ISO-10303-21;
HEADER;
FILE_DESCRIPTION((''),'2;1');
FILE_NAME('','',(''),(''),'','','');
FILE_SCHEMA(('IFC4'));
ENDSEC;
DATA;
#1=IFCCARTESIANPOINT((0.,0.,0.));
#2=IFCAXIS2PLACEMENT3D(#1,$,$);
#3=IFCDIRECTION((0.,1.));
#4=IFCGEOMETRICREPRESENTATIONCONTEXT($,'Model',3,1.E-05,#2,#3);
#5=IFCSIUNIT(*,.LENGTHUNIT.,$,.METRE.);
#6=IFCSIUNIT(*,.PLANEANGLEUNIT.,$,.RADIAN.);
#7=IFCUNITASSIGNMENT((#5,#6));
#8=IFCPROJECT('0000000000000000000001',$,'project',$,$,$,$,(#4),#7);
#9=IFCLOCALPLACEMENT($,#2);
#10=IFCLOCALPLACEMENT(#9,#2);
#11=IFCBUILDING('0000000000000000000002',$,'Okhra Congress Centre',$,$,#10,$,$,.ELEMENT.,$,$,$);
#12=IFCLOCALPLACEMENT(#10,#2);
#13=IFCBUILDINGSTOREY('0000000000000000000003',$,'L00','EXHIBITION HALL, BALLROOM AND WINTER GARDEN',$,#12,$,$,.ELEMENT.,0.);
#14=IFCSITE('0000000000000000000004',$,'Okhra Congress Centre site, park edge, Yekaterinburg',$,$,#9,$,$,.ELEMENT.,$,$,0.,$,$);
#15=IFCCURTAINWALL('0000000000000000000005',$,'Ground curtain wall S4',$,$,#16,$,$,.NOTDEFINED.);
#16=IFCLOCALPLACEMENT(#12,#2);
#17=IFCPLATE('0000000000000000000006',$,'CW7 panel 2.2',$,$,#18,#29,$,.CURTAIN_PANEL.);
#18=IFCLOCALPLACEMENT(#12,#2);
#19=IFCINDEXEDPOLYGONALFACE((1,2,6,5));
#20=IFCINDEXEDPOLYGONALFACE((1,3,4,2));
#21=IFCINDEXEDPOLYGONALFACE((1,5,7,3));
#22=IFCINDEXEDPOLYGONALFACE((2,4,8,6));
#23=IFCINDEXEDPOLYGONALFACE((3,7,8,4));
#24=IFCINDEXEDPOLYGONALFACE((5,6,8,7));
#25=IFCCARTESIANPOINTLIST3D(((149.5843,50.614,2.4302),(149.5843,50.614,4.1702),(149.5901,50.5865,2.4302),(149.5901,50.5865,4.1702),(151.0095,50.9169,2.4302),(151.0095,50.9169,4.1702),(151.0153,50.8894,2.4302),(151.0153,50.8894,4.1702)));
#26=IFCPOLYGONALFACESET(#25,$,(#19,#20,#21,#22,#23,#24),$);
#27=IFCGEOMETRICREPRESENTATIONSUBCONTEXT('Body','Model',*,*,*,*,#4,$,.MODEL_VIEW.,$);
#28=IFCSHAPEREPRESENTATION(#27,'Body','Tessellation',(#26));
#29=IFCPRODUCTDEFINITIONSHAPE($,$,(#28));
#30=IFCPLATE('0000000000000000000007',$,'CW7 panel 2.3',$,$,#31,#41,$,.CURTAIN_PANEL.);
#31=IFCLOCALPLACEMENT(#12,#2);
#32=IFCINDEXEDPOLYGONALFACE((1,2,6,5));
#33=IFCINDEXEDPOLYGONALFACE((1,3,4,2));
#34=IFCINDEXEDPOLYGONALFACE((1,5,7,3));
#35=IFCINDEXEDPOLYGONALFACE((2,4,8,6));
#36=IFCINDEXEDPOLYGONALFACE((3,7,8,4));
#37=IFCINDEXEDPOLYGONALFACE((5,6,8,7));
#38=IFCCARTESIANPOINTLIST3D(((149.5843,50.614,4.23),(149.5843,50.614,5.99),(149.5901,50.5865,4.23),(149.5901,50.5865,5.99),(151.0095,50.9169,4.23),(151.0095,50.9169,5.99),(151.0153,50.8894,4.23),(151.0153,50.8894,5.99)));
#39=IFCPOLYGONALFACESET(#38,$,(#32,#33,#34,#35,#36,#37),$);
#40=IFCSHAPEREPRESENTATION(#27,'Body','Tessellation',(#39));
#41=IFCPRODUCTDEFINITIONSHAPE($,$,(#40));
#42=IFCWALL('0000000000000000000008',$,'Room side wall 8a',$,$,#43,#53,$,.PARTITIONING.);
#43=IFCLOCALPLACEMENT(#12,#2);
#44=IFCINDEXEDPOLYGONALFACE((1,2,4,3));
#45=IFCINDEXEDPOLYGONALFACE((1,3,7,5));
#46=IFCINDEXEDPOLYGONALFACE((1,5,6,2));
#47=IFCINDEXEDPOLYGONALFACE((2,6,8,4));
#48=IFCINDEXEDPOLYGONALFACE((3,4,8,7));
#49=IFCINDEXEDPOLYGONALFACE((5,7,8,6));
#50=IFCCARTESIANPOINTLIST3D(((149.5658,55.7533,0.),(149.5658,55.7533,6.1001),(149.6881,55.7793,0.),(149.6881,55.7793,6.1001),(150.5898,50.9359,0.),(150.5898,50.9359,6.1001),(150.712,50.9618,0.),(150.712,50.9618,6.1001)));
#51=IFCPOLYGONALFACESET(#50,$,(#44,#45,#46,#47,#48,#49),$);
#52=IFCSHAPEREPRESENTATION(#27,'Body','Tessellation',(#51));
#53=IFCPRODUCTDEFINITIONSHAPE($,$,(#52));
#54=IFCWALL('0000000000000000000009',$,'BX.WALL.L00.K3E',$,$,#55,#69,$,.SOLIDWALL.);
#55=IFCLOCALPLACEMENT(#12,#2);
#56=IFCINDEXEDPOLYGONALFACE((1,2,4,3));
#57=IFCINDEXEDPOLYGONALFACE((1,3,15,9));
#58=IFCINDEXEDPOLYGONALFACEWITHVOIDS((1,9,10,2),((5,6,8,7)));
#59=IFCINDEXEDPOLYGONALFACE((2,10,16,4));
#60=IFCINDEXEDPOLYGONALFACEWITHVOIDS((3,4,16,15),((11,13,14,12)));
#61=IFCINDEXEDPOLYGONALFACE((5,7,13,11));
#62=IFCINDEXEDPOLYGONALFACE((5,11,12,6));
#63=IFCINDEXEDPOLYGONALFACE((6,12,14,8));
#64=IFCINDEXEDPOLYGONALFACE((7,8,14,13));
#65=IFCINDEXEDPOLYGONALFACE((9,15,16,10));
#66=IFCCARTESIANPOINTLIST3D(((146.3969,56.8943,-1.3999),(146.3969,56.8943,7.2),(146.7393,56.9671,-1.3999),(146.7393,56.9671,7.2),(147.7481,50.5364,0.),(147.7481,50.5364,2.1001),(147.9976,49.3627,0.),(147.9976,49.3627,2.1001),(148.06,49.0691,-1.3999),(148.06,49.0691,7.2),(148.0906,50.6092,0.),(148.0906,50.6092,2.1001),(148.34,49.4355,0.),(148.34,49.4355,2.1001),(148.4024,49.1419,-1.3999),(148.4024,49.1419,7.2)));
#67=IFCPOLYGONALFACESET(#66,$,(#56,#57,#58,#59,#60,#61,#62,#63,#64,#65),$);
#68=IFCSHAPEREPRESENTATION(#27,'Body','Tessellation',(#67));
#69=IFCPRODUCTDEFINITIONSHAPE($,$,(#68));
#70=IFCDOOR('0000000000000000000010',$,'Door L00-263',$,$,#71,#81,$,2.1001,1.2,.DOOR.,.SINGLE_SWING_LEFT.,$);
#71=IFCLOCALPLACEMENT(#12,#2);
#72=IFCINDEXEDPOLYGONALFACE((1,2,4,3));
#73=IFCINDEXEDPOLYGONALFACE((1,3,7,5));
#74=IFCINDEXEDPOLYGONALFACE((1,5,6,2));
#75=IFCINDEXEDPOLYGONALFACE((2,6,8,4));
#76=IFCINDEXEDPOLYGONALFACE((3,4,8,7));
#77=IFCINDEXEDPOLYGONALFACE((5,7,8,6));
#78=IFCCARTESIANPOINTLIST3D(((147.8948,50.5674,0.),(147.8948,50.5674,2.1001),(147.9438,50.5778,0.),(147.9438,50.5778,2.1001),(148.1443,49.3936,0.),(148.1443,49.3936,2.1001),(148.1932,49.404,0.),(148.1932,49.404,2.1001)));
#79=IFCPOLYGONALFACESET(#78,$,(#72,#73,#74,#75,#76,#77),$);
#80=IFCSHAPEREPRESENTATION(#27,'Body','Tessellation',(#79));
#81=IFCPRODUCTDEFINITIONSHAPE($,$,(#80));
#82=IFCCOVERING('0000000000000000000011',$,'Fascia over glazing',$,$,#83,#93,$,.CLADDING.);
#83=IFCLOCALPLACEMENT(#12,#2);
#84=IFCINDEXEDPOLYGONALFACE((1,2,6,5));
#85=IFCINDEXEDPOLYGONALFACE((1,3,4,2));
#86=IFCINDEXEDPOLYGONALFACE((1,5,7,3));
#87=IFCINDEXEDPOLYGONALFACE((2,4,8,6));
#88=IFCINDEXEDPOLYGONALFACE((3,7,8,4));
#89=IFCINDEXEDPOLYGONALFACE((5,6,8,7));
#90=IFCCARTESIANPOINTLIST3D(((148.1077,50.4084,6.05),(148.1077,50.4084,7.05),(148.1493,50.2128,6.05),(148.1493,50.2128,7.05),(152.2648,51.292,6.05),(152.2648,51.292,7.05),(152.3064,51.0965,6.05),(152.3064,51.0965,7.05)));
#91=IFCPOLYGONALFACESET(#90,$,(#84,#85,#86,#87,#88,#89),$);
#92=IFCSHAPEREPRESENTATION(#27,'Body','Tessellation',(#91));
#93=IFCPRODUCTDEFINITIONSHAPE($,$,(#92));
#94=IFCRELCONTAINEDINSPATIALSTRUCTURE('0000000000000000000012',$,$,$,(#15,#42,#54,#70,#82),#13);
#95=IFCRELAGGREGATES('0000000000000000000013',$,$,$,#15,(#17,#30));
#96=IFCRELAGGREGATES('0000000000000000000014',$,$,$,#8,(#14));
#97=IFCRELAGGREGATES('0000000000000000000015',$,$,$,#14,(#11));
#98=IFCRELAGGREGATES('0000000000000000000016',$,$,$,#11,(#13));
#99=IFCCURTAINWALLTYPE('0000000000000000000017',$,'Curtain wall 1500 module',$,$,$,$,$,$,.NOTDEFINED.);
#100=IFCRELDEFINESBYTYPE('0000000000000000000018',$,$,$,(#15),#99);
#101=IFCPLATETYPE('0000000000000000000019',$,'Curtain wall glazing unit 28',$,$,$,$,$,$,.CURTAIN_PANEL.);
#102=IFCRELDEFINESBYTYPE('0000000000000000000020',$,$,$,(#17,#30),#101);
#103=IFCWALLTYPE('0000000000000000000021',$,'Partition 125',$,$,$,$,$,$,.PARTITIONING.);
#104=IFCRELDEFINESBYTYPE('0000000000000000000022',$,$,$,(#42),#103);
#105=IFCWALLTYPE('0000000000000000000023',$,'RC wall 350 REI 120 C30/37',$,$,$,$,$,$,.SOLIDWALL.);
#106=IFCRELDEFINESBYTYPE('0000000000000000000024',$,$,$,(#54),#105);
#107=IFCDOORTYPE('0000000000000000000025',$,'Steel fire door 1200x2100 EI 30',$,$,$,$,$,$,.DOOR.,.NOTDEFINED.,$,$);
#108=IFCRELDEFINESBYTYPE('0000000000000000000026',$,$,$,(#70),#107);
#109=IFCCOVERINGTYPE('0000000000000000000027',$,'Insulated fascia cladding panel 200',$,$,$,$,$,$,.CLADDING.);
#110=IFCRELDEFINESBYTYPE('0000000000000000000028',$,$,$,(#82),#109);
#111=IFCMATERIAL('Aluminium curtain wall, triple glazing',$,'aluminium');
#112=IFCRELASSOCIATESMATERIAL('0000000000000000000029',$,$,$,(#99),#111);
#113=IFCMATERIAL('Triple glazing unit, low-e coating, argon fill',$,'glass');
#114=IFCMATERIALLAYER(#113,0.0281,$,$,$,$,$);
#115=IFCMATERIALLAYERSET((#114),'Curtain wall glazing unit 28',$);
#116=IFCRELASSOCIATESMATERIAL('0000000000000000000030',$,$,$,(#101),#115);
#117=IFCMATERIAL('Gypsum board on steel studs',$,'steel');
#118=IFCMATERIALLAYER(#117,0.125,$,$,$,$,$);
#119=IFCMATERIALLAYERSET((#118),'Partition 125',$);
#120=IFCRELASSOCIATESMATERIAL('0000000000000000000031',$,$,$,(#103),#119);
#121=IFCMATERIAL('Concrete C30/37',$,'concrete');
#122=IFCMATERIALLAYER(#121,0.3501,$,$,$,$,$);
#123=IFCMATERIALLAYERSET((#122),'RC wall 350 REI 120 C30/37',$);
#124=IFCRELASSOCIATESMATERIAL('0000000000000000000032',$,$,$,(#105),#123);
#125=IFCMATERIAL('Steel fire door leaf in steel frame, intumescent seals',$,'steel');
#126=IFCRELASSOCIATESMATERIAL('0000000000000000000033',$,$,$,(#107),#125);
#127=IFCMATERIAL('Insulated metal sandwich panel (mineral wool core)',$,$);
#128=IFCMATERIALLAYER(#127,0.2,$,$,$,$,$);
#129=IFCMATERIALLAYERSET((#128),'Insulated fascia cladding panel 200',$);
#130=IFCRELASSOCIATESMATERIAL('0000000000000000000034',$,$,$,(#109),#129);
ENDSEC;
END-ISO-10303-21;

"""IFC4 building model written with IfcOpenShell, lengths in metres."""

from ifc_helpers import new_model, si_unit, direction, frame, frame_2d, origin, origin_2d, place, context, subcontext, project, spatial, rectangle, extrude, material, layer, layer_set, type_object, element, fill, aggregate, save


model = new_model("IFC4")

# Units and contexts
model_context = context("Model", 3, precision=1e-05, world=origin(), true_north=direction((0.0, 1.0)))
body_context = subcontext(model_context, "Body", "Model", "MODEL_VIEW")
ifc_project = project(units=[si_unit("LENGTHUNIT", "METRE"), si_unit("PLANEANGLEUNIT", "RADIAN")], contexts=[model_context])

# Site, building, storey
site_placement = place(None, origin())
site = spatial("IfcSite", under=ifc_project, at=site_placement, Name="Okhra Congress Centre site, park edge, Yekaterinburg", CompositionType="ELEMENT", RefElevation=0.0)
building_placement = place(site_placement, origin())
building = spatial("IfcBuilding", under=site, at=building_placement, Name="Okhra Congress Centre", CompositionType="ELEMENT")
storey_placement = place(building_placement, origin())
storey = spatial("IfcBuildingStorey", under=building, at=storey_placement, Name="L00", Description="EXHIBITION HALL, BALLROOM AND WINTER GARDEN", CompositionType="ELEMENT", Elevation=0.0)

# Shared definitions
ifc_material_1 = material(Name="Concrete C30/37", Category="concrete")

# Curtain wall, plates
ifc_material_2 = material(Name="Aluminium curtain wall, triple glazing", Category="aluminium")
curtain_wall_type = type_object("IfcCurtainWallType", Name="Curtain wall 1500 module", PredefinedType="NOTDEFINED", material=ifc_material_2)
curtain_wall_placement = place(storey_placement, origin())
curtain_wall = element("IfcCurtainWall", 1, at=curtain_wall_placement, inside=storey, type_object=curtain_wall_type, Name="Ground curtain wall S4", PredefinedType="NOTDEFINED")
ifc_material_3 = material(Name="Triple glazing unit, low-e coating, argon fill", Category="glass")
ifc_layer_1 = layer(ifc_material_3, 0.0281)
ifc_layer_set_1 = layer_set([ifc_layer_1], Name="Curtain wall glazing unit 28")
plate_type = type_object("IfcPlateType", Name="Curtain wall glazing unit 28", PredefinedType="CURTAIN_PANEL", material=ifc_layer_set_1)
plate_1_placement = place(storey_placement, frame((150.2998, 50.7517, 2.4302), z_axis=(0.0, 0.0, 1.0), x_axis=(0.978148, 0.207912, 0.0)))
plate_1 = element("IfcPlate", 2, at=plate_1_placement, type_object=plate_type, Name="CW7 panel 2.2", PredefinedType="CURTAIN_PANEL", context=body_context, shape_type="SweptSolid", body=[
    extrude(rectangle(XDim=1.457, YDim=0.0281, at=origin_2d()), origin(), (0.0, 0.0, 1.0), 1.74),
])
plate_2_placement = place(storey_placement, frame((150.2998, 50.7517, 4.23), z_axis=(0.0, 0.0, 1.0), x_axis=(0.978148, 0.207912, 0.0)))
plate_2 = element("IfcPlate", 3, at=plate_2_placement, type_object=plate_type, Name="CW7 panel 2.3", PredefinedType="CURTAIN_PANEL", context=body_context, shape_type="SweptSolid", body=[
    extrude(rectangle(XDim=1.457, YDim=0.0281, at=origin_2d()), origin(), (0.0, 0.0, 1.0), 1.76),
])
aggregate(curtain_wall, [plate_1, plate_2])

# Wall
ifc_material_4 = material(Name="Gypsum board on steel studs", Category="steel")
ifc_layer_2 = layer(ifc_material_4, 0.125)
ifc_layer_set_2 = layer_set([ifc_layer_2], Name="Partition 125")
wall_type_1 = type_object("IfcWallType", Name="Partition 125", PredefinedType="PARTITIONING", material=ifc_layer_set_2)
wall_1_placement = place(storey_placement, frame((150.6509, 50.949, 0.0), z_axis=(0.0, 0.0, 1.0), x_axis=(-0.207904, 0.978149, 0.0)))
element("IfcWall", 4, at=wall_1_placement, inside=storey, type_object=wall_type_1, Name="Room side wall 8a", PredefinedType="PARTITIONING", context=body_context, shape_type="SweptSolid", body=[
    extrude(rectangle(XDim=4.925, YDim=0.125, at=frame_2d((2.4624, 0.0))), origin(), (0.0, 0.0, 1.0), 6.1001),
])

# Wall, opening, door
ifc_layer_3 = layer(ifc_material_1, 0.3501)
ifc_layer_set_3 = layer_set([ifc_layer_3], Name="RC wall 350 REI 120 C30/37")
wall_type_2 = type_object("IfcWallType", Name="RC wall 350 REI 120 C30/37", PredefinedType="SOLIDWALL", material=ifc_layer_set_3)
wall_2_placement = place(storey_placement, frame((148.2312, 49.1055, -1.3999), z_axis=(0.0, 0.0, 1.0), x_axis=(-0.207886, 0.978153, 0.0)))
wall_2 = element("IfcWall", 5, at=wall_2_placement, inside=storey, type_object=wall_type_2, Name="BX.WALL.L00.K3E", PredefinedType="SOLIDWALL", context=body_context, shape_type="SweptSolid", body=[
    extrude(rectangle(XDim=8.0, YDim=0.3501, at=frame_2d((4.0, 0.0))), origin(), (0.0, 0.0, 1.0), 8.5999),
])
opening_placement = place(wall_2_placement, frame((0.3, 0.0, 1.3999)))
opening = element("IfcOpeningElement", 6, at=opening_placement, cuts=wall_2, PredefinedType="OPENING", context=body_context, shape_type="SweptSolid", body=[
    extrude(rectangle(XDim=1.2, YDim=2.1001, at=frame_2d((0.6001, 1.05))), frame((0.0, 0.1851, 0.0), z_axis=(0.0, -1.0, 0.0), x_axis=(1.0, 0.0, 0.0)), (0.0, 0.0, 1.0), 0.3701),
])
ifc_material_5 = material(Name="Steel fire door leaf in steel frame, intumescent seals", Category="steel")
door_type = type_object("IfcDoorType", Name="Steel fire door 1200x2100 EI 30", OperationType="NOTDEFINED", PredefinedType="DOOR", material=ifc_material_5)
door_placement = place(opening_placement, frame((1.2, 0.0, 0.0), z_axis=(0.0, 0.0, 1.0), x_axis=(-1.0, 0.0, 0.0)))
door = element("IfcDoor", 7, at=door_placement, inside=storey, type_object=door_type, Name="Door L00-263", OperationType="SINGLE_SWING_LEFT", OverallHeight=2.1001, OverallWidth=1.2, PredefinedType="DOOR", context=body_context, shape_type="SweptSolid", body=[
    extrude(rectangle(XDim=1.2, YDim=2.1001, at=frame_2d((0.6001, 1.05))), frame((0.0, 0.0249, 0.0), z_axis=(0.0, -1.0, 0.0), x_axis=(1.0, 0.0, 0.0)), (0.0, 0.0, 1.0), 0.05),
])
fill(opening, door)

# Covering
ifc_material_6 = material(Name="Insulated metal sandwich panel (mineral wool core)")
ifc_layer_4 = layer(ifc_material_6, 0.2)
ifc_layer_set_4 = layer_set([ifc_layer_4], Name="Insulated fascia cladding panel 200")
covering_type = type_object("IfcCoveringType", Name="Insulated fascia cladding panel 200", PredefinedType="CLADDING", material=ifc_layer_set_4)
covering_placement = place(storey_placement, frame((150.207, 50.7524, 6.05), z_axis=(0.0, 0.0, 1.0), x_axis=(0.978148, 0.207912, 0.0)))
element("IfcCovering", 8, at=covering_placement, inside=storey, type_object=covering_type, Name="Fascia over glazing", PredefinedType="CLADDING", context=body_context, shape_type="SweptSolid", body=[
    extrude(rectangle(XDim=4.25, YDim=0.2, at=origin_2d()), origin(), (0.0, 0.0, 1.0), 1.0),
])

save(model, "model.ifc")
